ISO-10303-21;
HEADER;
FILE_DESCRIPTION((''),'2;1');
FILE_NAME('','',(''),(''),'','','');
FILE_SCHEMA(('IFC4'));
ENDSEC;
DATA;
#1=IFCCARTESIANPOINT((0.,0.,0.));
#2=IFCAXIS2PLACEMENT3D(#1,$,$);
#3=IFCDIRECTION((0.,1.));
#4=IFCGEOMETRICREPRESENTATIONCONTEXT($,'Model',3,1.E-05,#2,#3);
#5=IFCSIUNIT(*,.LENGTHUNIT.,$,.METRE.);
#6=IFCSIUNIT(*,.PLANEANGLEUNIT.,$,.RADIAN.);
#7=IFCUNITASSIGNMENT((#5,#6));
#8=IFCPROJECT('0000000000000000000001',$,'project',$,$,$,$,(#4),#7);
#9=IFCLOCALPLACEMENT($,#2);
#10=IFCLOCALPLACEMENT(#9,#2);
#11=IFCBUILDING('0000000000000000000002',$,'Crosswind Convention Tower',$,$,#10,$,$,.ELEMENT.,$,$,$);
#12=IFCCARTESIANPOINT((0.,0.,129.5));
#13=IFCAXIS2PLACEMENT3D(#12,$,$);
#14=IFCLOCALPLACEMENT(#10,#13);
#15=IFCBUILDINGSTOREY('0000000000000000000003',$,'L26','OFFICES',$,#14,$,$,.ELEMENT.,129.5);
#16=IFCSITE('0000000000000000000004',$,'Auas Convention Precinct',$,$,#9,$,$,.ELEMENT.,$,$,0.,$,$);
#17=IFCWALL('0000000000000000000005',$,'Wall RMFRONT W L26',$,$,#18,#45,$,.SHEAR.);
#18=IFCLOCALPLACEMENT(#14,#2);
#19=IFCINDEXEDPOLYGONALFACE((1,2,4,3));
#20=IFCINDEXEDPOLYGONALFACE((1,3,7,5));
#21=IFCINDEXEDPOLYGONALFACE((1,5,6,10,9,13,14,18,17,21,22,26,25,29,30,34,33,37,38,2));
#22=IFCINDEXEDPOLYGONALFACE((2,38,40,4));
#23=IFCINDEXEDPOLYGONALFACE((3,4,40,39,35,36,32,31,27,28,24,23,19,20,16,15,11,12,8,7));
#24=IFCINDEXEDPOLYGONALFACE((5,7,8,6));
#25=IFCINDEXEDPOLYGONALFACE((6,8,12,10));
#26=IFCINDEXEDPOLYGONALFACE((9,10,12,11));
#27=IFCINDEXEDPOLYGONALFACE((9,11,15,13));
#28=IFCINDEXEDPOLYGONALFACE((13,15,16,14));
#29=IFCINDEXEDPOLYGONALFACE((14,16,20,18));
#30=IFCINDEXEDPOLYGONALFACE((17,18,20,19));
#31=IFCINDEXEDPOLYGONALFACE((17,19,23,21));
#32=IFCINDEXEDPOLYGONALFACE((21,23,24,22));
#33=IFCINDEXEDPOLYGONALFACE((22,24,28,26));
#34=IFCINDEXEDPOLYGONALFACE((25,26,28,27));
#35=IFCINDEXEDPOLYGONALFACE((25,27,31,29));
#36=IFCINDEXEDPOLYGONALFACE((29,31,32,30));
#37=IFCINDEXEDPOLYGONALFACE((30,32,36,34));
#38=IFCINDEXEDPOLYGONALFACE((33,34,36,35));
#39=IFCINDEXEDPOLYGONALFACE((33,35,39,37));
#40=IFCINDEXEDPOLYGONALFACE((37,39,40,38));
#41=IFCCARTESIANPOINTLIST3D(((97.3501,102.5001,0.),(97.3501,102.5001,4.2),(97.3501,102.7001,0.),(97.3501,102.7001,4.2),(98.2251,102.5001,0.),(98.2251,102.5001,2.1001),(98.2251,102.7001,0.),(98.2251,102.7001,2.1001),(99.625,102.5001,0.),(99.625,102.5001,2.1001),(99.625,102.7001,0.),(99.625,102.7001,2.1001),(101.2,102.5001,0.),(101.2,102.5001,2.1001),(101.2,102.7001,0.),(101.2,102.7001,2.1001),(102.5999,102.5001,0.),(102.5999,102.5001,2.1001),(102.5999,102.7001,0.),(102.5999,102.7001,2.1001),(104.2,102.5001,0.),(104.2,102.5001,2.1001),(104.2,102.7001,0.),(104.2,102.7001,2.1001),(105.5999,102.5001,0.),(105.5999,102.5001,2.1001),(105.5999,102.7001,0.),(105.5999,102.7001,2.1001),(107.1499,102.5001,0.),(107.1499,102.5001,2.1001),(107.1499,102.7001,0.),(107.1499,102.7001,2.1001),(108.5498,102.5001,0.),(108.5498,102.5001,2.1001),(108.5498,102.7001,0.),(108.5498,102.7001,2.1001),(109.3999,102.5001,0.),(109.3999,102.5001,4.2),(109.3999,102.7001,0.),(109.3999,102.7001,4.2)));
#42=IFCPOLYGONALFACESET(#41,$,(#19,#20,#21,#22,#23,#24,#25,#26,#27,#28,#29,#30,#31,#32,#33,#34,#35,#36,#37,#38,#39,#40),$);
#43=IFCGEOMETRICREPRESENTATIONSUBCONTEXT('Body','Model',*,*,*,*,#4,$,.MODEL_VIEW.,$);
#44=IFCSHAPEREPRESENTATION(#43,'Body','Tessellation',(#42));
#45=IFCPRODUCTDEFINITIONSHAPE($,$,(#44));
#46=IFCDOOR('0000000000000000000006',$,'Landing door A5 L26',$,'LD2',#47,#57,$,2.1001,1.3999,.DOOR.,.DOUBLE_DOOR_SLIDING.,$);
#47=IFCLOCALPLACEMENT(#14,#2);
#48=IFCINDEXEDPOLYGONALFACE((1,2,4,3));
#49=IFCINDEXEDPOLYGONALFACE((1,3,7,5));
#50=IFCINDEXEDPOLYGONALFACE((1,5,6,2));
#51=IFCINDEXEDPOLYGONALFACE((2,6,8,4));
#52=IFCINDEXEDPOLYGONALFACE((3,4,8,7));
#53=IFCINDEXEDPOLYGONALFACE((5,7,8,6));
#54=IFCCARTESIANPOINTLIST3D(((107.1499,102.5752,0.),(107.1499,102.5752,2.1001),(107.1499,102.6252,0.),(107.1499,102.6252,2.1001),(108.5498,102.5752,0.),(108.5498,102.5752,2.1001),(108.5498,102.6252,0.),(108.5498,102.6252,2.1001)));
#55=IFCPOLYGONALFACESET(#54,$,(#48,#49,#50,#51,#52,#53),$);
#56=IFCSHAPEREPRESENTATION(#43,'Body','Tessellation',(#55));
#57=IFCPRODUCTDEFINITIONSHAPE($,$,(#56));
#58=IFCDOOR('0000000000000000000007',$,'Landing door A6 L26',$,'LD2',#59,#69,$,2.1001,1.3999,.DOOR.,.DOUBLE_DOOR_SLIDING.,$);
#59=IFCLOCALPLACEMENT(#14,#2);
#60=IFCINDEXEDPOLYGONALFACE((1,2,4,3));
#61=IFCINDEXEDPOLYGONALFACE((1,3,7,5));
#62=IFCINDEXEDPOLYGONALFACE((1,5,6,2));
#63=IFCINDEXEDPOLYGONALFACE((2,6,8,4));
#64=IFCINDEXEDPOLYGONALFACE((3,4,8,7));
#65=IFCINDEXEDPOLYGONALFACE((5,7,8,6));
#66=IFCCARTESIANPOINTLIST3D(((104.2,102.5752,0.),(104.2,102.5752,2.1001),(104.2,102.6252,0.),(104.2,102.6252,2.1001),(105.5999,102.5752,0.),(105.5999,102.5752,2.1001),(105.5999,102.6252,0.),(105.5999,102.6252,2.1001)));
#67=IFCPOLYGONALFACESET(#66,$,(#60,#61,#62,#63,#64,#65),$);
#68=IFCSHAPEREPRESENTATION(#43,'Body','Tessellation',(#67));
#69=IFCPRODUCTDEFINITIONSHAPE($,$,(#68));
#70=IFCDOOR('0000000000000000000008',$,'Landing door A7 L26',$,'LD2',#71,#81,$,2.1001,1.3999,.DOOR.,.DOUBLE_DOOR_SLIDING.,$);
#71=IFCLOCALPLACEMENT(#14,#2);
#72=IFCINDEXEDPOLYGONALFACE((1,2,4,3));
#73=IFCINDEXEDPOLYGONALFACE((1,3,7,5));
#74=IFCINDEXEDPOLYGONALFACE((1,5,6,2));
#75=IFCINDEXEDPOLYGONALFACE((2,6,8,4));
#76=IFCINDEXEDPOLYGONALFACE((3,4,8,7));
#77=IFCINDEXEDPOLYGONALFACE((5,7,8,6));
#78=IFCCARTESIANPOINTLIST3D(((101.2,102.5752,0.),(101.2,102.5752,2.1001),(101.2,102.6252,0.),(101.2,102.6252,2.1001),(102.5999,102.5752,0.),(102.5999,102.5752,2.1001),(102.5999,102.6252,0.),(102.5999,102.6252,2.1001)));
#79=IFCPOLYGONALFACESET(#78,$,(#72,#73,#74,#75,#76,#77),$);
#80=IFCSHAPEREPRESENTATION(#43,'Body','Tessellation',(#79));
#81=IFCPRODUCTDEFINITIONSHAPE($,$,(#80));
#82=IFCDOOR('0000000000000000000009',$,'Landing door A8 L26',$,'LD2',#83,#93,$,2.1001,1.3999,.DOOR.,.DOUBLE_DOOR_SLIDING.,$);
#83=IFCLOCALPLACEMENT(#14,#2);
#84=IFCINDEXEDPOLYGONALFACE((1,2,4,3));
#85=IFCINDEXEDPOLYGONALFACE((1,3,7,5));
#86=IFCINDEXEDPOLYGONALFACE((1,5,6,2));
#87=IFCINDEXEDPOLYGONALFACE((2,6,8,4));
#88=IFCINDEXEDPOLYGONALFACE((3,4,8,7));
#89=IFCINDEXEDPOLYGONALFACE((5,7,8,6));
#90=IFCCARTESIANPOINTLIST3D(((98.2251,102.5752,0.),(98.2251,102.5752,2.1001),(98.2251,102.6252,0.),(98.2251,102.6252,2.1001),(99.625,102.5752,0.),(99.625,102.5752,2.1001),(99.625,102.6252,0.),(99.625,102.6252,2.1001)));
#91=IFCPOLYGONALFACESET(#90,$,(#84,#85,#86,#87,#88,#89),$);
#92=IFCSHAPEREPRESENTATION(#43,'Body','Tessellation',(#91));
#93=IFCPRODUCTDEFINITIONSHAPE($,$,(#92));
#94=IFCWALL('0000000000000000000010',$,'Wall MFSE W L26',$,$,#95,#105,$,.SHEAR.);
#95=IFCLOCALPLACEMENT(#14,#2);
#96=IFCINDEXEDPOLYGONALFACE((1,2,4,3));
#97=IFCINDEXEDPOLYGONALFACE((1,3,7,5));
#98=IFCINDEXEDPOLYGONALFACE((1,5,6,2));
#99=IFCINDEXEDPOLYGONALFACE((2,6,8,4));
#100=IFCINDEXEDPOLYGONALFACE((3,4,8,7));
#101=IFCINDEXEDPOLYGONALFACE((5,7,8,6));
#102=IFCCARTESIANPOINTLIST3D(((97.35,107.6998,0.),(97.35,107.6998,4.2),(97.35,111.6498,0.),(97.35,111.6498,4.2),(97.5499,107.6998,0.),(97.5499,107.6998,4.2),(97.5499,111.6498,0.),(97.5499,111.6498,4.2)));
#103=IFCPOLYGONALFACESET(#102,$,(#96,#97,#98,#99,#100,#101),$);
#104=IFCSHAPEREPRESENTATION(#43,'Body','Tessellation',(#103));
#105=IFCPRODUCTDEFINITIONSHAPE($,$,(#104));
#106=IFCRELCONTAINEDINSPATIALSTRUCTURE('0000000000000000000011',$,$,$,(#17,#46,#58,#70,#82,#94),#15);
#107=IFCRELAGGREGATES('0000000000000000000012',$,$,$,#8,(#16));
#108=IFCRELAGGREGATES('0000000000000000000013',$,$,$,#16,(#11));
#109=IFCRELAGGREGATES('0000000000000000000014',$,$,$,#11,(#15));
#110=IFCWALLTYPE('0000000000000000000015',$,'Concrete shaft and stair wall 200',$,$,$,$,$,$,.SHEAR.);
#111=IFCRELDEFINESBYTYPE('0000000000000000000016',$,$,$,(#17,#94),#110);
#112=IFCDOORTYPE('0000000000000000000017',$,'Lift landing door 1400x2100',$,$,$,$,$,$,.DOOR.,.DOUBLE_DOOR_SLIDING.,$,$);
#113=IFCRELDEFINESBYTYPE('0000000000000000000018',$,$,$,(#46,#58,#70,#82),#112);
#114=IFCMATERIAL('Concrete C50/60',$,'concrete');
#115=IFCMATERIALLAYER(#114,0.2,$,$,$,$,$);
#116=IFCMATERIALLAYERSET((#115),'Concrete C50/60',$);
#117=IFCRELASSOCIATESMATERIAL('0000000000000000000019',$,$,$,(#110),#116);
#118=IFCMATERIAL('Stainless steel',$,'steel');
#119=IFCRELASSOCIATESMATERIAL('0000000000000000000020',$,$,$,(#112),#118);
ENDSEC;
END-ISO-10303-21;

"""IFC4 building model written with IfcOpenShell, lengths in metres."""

from ifc_helpers import new_model, si_unit, direction, frame, frame_2d, origin, place, context, subcontext, project, spatial, rectangle, extrude, material, layer, layer_set, type_object, element, fill, save


model = new_model("IFC4")

# Units and contexts
model_context = context("Model", 3, precision=1e-05, world=origin(), true_north=direction((0.0, 1.0)))
body_context = subcontext(model_context, "Body", "Model", "MODEL_VIEW")
ifc_project = project(units=[si_unit("LENGTHUNIT", "METRE"), si_unit("PLANEANGLEUNIT", "RADIAN")], contexts=[model_context])

# Site, building, storey
site_placement = place(None, origin())
site = spatial("IfcSite", under=ifc_project, at=site_placement, Name="Auas Convention Precinct", CompositionType="ELEMENT", RefElevation=0.0)
building_placement = place(site_placement, origin())
building = spatial("IfcBuilding", under=site, at=building_placement, Name="Crosswind Convention Tower", CompositionType="ELEMENT")
storey_placement = place(building_placement, frame((0.0, 0.0, 129.5)))
storey = spatial("IfcBuildingStorey", under=building, at=storey_placement, Name="L26", Description="OFFICES", CompositionType="ELEMENT", Elevation=129.5)

# Shared definitions
ifc_material_1 = material(Name="Concrete C50/60", Category="concrete")
ifc_layer = layer(ifc_material_1, 0.2)
ifc_layer_set = layer_set([ifc_layer], Name="Concrete C50/60")
wall_type = type_object("IfcWallType", Name="Concrete shaft and stair wall 200", PredefinedType="SHEAR", material=ifc_layer_set)

# Wall, openings, doors
wall_1_placement = place(storey_placement, frame((109.3999, 102.6001, 0.0), z_axis=(0.0, 0.0, 1.0), x_axis=(-1.0, 0.0, 0.0)))
wall_1 = element("IfcWall", 1, at=wall_1_placement, inside=storey, type_object=wall_type, Name="Wall RMFRONT W L26", PredefinedType="SHEAR", context=body_context, shape_type="SweptSolid", body=[
    extrude(rectangle(XDim=12.0498, YDim=0.2, at=frame_2d((6.0249, 0.0))), origin(), (0.0, 0.0, 1.0), 4.2),
])
opening_1_placement = place(wall_1_placement, frame((0.8501, 0.0, 0.0)))
opening_1 = element("IfcOpeningElement", 2, at=opening_1_placement, cuts=wall_1, PredefinedType="OPENING", context=body_context, shape_type="SweptSolid", body=[
    extrude(rectangle(XDim=1.3999, YDim=2.1001, at=frame_2d((0.7, 1.05))), frame((0.0, 0.1099, 0.0), z_axis=(0.0, -1.0, 0.0), x_axis=(1.0, 0.0, 0.0)), (0.0, 0.0, 1.0), 0.22),
])
opening_2_placement = place(wall_1_placement, frame((3.8, 0.0, 0.0)))
opening_2 = element("IfcOpeningElement", 3, at=opening_2_placement, cuts=wall_1, PredefinedType="OPENING", context=body_context, shape_type="SweptSolid", body=[
    extrude(rectangle(XDim=1.3999, YDim=2.1001, at=frame_2d((0.7, 1.05))), frame((0.0, 0.1099, 0.0), z_axis=(0.0, -1.0, 0.0), x_axis=(1.0, 0.0, 0.0)), (0.0, 0.0, 1.0), 0.22),
])
opening_3_placement = place(wall_1_placement, frame((6.8, 0.0, 0.0)))
opening_3 = element("IfcOpeningElement", 4, at=opening_3_placement, cuts=wall_1, PredefinedType="OPENING", context=body_context, shape_type="SweptSolid", body=[
    extrude(rectangle(XDim=1.3999, YDim=2.1001, at=frame_2d((0.7, 1.05))), frame((0.0, 0.1099, 0.0), z_axis=(0.0, -1.0, 0.0), x_axis=(1.0, 0.0, 0.0)), (0.0, 0.0, 1.0), 0.22),
])
opening_4_placement = place(wall_1_placement, frame((9.7749, 0.0, 0.0)))
opening_4 = element("IfcOpeningElement", 5, at=opening_4_placement, cuts=wall_1, PredefinedType="OPENING", context=body_context, shape_type="SweptSolid", body=[
    extrude(rectangle(XDim=1.3999, YDim=2.1001, at=frame_2d((0.7, 1.05))), frame((0.0, 0.1099, 0.0), z_axis=(0.0, -1.0, 0.0), x_axis=(1.0, 0.0, 0.0)), (0.0, 0.0, 1.0), 0.22),
])
ifc_material_2 = material(Name="Stainless steel", Category="steel")
door_type_1 = type_object("IfcDoorType", Name="Lift landing door 1400x2100", OperationType="DOUBLE_DOOR_SLIDING", PredefinedType="DOOR", material=ifc_material_2)
door_1_placement = place(opening_1_placement, origin())
door_1 = element("IfcDoor", 6, at=door_1_placement, inside=storey, type_object=door_type_1, Name="Landing door A5 L26", ObjectType="LD2", OperationType="DOUBLE_DOOR_SLIDING", OverallHeight=2.1001, OverallWidth=1.3999, PredefinedType="DOOR", context=body_context, shape_type="SweptSolid", body=[
    extrude(rectangle(XDim=1.3999, YDim=2.1001, at=frame_2d((0.7, 1.05))), frame((0.0, 0.0249, 0.0), z_axis=(0.0, -1.0, 0.0), x_axis=(1.0, 0.0, 0.0)), (0.0, 0.0, 1.0), 0.05),
])
fill(opening_1, door_1)
door_2_placement = place(opening_2_placement, origin())
door_2 = element("IfcDoor", 7, at=door_2_placement, inside=storey, type_object=door_type_1, Name="Landing door A6 L26", ObjectType="LD2", OperationType="DOUBLE_DOOR_SLIDING", OverallHeight=2.1001, OverallWidth=1.3999, PredefinedType="DOOR", context=body_context, shape_type="SweptSolid", body=[
    extrude(rectangle(XDim=1.3999, YDim=2.1001, at=frame_2d((0.7, 1.05))), frame((0.0, 0.0249, 0.0), z_axis=(0.0, -1.0, 0.0), x_axis=(1.0, 0.0, 0.0)), (0.0, 0.0, 1.0), 0.05),
])
fill(opening_2, door_2)
door_3_placement = place(opening_3_placement, origin())
door_3 = element("IfcDoor", 8, at=door_3_placement, inside=storey, type_object=door_type_1, Name="Landing door A7 L26", ObjectType="LD2", OperationType="DOUBLE_DOOR_SLIDING", OverallHeight=2.1001, OverallWidth=1.3999, PredefinedType="DOOR", context=body_context, shape_type="SweptSolid", body=[
    extrude(rectangle(XDim=1.3999, YDim=2.1001, at=frame_2d((0.7, 1.05))), frame((0.0, 0.0249, 0.0), z_axis=(0.0, -1.0, 0.0), x_axis=(1.0, 0.0, 0.0)), (0.0, 0.0, 1.0), 0.05),
])
fill(opening_3, door_3)
door_4_placement = place(opening_4_placement, origin())
door_4 = element("IfcDoor", 9, at=door_4_placement, inside=storey, type_object=door_type_1, Name="Landing door A8 L26", ObjectType="LD2", OperationType="DOUBLE_DOOR_SLIDING", OverallHeight=2.1001, OverallWidth=1.3999, PredefinedType="DOOR", context=body_context, shape_type="SweptSolid", body=[
    extrude(rectangle(XDim=1.3999, YDim=2.1001, at=frame_2d((0.7, 1.05))), frame((0.0, 0.0249, 0.0), z_axis=(0.0, -1.0, 0.0), x_axis=(1.0, 0.0, 0.0)), (0.0, 0.0, 1.0), 0.05),
])
fill(opening_4, door_4)

# Wall
wall_2_placement = place(storey_placement, frame((97.45, 111.6499, 0.0), z_axis=(0.0, 0.0, 1.0), x_axis=(0.0, -1.0, 0.0)))
element("IfcWall", 10, at=wall_2_placement, inside=storey, type_object=wall_type, Name="Wall MFSE W L26", PredefinedType="SHEAR", context=body_context, shape_type="SweptSolid", body=[
    extrude(rectangle(XDim=3.95, YDim=0.2, at=frame_2d((1.9751, 0.0))), origin(), (0.0, 0.0, 1.0), 4.2),
])

save(model, "model.ifc")
